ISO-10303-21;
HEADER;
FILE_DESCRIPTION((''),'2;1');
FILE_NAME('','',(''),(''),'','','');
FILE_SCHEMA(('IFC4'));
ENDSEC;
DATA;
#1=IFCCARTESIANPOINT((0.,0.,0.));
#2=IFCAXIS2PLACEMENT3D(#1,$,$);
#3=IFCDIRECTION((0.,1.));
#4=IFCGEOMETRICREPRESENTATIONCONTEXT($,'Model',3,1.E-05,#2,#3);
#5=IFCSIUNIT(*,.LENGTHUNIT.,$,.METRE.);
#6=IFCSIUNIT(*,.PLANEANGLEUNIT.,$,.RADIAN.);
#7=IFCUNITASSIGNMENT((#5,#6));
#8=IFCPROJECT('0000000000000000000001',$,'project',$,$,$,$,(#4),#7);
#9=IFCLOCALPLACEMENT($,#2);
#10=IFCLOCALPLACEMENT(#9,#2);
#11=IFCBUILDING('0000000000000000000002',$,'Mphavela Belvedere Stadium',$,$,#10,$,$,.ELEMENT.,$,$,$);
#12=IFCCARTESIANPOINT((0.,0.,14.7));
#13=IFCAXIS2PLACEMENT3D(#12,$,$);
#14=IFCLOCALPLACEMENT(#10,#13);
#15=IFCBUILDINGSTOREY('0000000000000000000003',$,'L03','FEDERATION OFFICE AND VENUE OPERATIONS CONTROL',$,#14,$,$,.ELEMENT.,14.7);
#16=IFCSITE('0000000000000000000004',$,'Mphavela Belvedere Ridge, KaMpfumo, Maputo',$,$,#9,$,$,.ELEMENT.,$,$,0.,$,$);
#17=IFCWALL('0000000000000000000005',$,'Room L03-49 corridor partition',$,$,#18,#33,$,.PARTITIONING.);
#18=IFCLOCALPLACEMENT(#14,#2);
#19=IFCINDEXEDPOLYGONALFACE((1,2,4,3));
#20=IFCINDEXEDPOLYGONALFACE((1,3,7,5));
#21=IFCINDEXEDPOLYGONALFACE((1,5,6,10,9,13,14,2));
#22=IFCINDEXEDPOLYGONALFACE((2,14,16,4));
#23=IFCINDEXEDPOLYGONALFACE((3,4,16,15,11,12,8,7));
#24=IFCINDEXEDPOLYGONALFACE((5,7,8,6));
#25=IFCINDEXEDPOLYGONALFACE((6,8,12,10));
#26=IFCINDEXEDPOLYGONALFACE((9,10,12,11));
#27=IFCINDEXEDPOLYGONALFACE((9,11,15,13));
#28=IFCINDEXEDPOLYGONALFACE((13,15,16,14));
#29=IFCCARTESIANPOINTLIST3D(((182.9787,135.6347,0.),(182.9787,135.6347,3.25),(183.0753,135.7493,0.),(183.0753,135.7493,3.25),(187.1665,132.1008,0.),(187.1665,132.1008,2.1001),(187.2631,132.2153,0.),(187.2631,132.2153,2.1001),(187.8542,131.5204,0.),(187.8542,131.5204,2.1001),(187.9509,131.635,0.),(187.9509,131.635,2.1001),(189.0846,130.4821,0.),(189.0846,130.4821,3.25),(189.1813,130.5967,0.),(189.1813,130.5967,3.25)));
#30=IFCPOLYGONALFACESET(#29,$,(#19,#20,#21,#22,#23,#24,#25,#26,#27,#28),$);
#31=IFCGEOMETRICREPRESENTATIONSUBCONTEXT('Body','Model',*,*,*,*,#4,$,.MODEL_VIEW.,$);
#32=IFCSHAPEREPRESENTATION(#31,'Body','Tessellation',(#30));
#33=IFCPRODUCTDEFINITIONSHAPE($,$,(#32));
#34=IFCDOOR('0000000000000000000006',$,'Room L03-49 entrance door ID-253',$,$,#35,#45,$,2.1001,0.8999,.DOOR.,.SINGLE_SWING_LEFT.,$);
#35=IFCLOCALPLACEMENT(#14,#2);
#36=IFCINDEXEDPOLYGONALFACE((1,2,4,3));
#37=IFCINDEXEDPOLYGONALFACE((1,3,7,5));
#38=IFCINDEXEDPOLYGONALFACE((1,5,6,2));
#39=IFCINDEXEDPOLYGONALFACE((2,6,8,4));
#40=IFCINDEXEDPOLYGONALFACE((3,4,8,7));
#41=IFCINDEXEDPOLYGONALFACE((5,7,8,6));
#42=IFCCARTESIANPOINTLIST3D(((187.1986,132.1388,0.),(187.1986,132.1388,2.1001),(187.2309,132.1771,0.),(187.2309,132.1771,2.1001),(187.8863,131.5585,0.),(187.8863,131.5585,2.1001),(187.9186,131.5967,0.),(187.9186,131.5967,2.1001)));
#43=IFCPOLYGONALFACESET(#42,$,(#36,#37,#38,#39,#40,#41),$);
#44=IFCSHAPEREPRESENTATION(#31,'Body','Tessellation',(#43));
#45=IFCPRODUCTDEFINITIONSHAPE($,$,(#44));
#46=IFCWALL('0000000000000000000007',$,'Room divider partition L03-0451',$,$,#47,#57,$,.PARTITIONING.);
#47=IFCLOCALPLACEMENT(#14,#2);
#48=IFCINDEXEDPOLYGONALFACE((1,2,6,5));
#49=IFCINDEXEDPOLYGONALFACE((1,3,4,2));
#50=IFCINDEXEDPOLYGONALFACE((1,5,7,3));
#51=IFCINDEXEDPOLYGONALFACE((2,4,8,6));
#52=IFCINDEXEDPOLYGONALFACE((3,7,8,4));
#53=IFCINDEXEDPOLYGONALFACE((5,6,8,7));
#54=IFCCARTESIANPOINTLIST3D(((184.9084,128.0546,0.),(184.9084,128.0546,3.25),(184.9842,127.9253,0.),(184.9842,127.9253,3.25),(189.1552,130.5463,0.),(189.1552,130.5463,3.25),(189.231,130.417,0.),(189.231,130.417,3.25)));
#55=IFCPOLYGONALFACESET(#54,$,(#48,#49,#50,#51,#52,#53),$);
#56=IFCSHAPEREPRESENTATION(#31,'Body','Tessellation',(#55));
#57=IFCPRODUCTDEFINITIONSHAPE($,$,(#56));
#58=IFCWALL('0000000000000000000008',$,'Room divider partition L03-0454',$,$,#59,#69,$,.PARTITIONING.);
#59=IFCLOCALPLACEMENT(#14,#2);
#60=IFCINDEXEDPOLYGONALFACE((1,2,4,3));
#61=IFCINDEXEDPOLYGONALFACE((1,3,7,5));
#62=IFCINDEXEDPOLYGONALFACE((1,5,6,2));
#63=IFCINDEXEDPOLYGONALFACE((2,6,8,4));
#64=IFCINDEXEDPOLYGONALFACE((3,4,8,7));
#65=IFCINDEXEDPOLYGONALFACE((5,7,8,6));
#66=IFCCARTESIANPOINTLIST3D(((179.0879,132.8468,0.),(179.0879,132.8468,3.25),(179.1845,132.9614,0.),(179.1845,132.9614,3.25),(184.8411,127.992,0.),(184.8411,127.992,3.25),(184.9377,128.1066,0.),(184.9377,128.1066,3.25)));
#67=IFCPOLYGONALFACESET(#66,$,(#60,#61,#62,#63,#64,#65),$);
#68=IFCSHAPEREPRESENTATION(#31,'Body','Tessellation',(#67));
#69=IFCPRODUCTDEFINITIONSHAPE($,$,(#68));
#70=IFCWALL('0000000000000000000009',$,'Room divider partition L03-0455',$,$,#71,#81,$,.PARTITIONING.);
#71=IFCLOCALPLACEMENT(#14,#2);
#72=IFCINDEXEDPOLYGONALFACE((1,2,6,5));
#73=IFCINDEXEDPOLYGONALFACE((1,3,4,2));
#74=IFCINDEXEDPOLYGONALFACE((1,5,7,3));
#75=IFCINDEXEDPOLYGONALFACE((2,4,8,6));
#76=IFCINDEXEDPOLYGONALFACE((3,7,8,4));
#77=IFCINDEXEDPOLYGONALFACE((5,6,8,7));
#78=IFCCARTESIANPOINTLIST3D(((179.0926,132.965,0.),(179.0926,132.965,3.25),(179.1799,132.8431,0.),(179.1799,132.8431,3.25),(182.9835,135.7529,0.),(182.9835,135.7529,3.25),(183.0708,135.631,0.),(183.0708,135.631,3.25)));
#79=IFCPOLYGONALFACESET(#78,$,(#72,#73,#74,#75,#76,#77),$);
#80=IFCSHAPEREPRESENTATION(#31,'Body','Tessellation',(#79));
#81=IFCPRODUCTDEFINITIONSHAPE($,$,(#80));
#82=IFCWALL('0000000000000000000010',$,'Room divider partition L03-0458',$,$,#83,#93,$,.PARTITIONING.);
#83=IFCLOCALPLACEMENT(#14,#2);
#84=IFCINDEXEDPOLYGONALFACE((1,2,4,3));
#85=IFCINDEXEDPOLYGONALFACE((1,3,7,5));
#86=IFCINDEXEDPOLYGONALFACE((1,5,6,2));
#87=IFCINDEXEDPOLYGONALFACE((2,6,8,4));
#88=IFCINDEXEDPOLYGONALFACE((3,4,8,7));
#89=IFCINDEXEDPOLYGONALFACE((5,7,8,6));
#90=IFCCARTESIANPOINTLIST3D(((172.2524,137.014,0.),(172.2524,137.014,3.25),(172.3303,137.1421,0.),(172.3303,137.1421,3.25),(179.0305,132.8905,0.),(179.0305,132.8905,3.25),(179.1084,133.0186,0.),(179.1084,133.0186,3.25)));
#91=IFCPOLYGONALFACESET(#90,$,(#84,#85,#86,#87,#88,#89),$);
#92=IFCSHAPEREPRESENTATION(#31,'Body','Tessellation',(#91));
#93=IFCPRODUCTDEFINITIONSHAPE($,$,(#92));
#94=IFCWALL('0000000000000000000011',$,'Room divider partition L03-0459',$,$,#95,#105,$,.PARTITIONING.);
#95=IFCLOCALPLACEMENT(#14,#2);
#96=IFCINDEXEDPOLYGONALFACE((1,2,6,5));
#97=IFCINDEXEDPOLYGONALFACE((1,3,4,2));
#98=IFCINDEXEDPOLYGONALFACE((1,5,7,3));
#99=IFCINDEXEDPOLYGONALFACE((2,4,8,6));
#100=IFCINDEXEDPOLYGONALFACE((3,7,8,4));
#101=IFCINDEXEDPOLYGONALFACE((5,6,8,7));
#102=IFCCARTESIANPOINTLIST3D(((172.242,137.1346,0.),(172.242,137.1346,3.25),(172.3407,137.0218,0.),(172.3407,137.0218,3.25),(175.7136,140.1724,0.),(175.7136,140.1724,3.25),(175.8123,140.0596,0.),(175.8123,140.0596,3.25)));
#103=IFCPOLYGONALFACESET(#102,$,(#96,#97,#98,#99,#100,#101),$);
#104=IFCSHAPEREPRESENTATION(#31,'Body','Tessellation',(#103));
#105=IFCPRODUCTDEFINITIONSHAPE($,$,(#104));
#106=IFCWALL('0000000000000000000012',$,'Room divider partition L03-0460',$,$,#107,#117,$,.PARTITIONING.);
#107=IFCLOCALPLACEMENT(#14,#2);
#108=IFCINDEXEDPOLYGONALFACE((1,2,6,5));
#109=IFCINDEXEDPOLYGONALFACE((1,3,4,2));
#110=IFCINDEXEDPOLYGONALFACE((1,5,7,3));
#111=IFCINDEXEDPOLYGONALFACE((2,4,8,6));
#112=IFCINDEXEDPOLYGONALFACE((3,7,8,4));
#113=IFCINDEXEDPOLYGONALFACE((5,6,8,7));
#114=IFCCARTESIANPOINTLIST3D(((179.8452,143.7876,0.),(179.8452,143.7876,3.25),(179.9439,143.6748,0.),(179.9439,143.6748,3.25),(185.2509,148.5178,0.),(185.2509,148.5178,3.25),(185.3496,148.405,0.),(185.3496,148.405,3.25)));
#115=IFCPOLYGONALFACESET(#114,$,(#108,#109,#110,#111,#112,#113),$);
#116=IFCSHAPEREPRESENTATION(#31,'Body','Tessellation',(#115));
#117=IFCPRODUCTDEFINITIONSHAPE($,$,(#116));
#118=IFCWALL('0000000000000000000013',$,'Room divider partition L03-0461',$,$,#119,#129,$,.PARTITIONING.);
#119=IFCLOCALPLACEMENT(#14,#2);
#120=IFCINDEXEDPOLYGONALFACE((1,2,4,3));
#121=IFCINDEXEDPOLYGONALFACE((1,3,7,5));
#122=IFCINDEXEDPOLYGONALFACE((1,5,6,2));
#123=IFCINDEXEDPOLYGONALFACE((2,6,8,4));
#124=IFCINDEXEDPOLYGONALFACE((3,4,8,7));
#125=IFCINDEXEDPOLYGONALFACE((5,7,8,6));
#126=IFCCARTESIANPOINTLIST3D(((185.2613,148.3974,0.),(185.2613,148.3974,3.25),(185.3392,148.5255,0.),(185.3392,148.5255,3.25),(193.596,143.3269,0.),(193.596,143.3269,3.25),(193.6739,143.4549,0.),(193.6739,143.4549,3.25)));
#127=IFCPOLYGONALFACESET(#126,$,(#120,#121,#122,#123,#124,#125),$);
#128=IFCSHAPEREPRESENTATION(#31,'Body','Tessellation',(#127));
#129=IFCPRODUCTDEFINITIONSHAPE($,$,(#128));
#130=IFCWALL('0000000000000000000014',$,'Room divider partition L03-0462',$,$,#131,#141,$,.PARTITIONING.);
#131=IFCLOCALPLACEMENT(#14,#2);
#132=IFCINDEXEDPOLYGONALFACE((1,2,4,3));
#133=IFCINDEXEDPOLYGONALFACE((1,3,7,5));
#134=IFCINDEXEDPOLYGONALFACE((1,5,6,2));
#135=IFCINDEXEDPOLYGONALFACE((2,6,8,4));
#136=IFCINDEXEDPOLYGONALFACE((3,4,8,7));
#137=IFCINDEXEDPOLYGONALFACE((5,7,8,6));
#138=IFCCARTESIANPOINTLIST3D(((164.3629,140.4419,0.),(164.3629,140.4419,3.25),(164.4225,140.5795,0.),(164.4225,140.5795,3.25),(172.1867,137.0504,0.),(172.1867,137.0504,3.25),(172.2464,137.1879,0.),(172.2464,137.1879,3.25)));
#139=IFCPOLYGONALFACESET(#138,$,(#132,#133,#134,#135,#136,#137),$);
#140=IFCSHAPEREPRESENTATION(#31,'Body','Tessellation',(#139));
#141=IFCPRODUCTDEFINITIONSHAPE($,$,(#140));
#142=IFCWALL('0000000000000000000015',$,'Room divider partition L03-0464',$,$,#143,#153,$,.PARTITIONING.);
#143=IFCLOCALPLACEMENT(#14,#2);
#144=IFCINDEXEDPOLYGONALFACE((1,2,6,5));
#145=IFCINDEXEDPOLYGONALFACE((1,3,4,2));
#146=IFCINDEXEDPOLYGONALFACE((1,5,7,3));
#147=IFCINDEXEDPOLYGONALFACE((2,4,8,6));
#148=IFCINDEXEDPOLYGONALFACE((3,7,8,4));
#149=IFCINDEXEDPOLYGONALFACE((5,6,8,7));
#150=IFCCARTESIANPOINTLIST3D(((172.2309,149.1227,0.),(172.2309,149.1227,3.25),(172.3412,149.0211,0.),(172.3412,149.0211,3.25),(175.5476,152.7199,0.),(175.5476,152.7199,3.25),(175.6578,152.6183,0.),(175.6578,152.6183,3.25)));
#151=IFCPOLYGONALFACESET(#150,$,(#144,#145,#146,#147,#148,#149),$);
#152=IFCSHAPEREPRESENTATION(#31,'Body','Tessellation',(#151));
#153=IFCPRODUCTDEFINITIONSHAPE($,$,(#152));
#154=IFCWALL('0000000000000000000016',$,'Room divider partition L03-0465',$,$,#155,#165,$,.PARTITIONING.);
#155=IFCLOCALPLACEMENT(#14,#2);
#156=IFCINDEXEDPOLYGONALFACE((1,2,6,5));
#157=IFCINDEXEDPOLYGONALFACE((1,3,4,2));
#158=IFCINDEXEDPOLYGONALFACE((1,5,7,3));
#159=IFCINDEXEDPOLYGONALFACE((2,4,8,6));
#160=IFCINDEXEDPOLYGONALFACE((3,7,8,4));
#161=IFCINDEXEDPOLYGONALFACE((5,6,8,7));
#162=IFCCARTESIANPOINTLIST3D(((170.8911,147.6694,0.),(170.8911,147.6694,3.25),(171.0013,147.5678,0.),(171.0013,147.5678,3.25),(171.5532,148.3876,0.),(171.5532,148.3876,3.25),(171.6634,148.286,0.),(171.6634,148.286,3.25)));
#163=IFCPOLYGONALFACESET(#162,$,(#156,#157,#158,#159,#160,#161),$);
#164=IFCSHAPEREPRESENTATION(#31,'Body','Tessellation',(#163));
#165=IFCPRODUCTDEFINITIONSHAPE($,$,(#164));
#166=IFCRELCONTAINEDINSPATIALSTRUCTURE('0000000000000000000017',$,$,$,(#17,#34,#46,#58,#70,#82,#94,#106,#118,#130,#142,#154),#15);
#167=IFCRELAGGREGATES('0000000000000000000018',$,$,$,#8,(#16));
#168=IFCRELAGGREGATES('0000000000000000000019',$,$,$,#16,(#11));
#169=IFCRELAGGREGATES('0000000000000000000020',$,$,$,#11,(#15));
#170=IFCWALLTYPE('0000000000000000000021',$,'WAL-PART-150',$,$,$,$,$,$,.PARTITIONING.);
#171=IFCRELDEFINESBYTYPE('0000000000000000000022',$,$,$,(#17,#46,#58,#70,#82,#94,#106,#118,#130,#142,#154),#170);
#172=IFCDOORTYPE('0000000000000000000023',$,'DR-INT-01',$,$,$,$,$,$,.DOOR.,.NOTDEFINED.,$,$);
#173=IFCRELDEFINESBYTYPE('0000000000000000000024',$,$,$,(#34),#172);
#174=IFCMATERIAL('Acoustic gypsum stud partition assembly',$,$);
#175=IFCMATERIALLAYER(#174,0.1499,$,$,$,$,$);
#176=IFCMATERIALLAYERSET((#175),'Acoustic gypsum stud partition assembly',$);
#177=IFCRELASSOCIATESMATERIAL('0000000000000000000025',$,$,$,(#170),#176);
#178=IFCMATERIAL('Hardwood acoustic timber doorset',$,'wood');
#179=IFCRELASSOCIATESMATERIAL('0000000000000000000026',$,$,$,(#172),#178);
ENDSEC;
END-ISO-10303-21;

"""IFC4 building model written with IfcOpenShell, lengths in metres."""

from ifc_helpers import new_model, si_unit, direction, frame, frame_2d, origin, place, context, subcontext, project, spatial, rectangle, extrude, material, layer, layer_set, type_object, element, fill, save


model = new_model("IFC4")

# Units and contexts
model_context = context("Model", 3, precision=1e-05, world=origin(), true_north=direction((0.0, 1.0)))
body_context = subcontext(model_context, "Body", "Model", "MODEL_VIEW")
ifc_project = project(units=[si_unit("LENGTHUNIT", "METRE"), si_unit("PLANEANGLEUNIT", "RADIAN")], contexts=[model_context])

# Site, building, storey
site_placement = place(None, origin())
site = spatial("IfcSite", under=ifc_project, at=site_placement, Name="Mphavela Belvedere Ridge, KaMpfumo, Maputo", CompositionType="ELEMENT", RefElevation=0.0)
building_placement = place(site_placement, origin())
building = spatial("IfcBuilding", under=site, at=building_placement, Name="Mphavela Belvedere Stadium", CompositionType="ELEMENT")
storey_placement = place(building_placement, frame((0.0, 0.0, 14.7)))
storey = spatial("IfcBuildingStorey", under=building, at=storey_placement, Name="L03", Description="FEDERATION OFFICE AND VENUE OPERATIONS CONTROL", CompositionType="ELEMENT", Elevation=14.7)

# Wall, opening, door
ifc_material_1 = material(Name="Acoustic gypsum stud partition assembly")
ifc_layer_1 = layer(ifc_material_1, 0.1499)
ifc_layer_set_1 = layer_set([ifc_layer_1], Name="Acoustic gypsum stud partition assembly")
wall_type_1 = type_object("IfcWallType", Name="WAL-PART-150", PredefinedType="PARTITIONING", material=ifc_layer_set_1)
wall_1_placement = place(storey_placement, frame((183.0271, 135.6919, 0.0), z_axis=(0.0, 0.0, 1.0), x_axis=(0.764249, -0.644921, 0.0)))
wall_1 = element("IfcWall", 1, at=wall_1_placement, inside=storey, type_object=wall_type_1, Name="Room L03-49 corridor partition", PredefinedType="PARTITIONING", context=body_context, shape_type="SweptSolid", body=[
    extrude(rectangle(XDim=7.9895, YDim=0.1499, at=frame_2d((3.9946, 0.0))), origin(), (0.0, 0.0, 1.0), 3.25),
])
opening_1_placement = place(wall_1_placement, frame((5.4795, 0.0, 0.0)))
opening_1 = element("IfcOpeningElement", 2, at=opening_1_placement, cuts=wall_1, PredefinedType="OPENING", context=body_context, shape_type="SweptSolid", body=[
    extrude(rectangle(XDim=0.8999, YDim=2.1001, at=frame_2d((0.45, 1.05))), frame((0.0, 0.085, 0.0), z_axis=(0.0, -1.0, 0.0), x_axis=(1.0, 0.0, 0.0)), (0.0, 0.0, 1.0), 0.1699),
])
ifc_material_2 = material(Name="Hardwood acoustic timber doorset", Category="wood")
door_type_1 = type_object("IfcDoorType", Name="DR-INT-01", OperationType="NOTDEFINED", PredefinedType="DOOR", material=ifc_material_2)
door_1_placement = place(opening_1_placement, origin())
door_1 = element("IfcDoor", 3, at=door_1_placement, inside=storey, type_object=door_type_1, Name="Room L03-49 entrance door ID-253", OperationType="SINGLE_SWING_LEFT", OverallHeight=2.1001, OverallWidth=0.8999, PredefinedType="DOOR", context=body_context, shape_type="SweptSolid", body=[
    extrude(rectangle(XDim=0.8999, YDim=2.1001, at=frame_2d((0.45, 1.05))), frame((0.0, 0.0249, 0.0), z_axis=(0.0, -1.0, 0.0), x_axis=(1.0, 0.0, 0.0)), (0.0, 0.0, 1.0), 0.05),
])
fill(opening_1, door_1)

# Walls
wall_2_placement = place(storey_placement, frame((184.9463, 127.99, 0.0), z_axis=(0.0, 0.0, 1.0), x_axis=(0.862505, 0.506049, 0.0)))
element("IfcWall", 4, at=wall_2_placement, inside=storey, type_object=wall_type_1, Name="Room divider partition L03-0451", PredefinedType="PARTITIONING", context=body_context, shape_type="SweptSolid", body=[
    extrude(rectangle(XDim=4.9238, YDim=0.1499, at=frame_2d((2.4619, 0.0))), origin(), (0.0, 0.0, 1.0), 3.25),
])
wall_3_placement = place(storey_placement, frame((184.8894, 128.0493, 0.0), z_axis=(0.0, 0.0, 1.0), x_axis=(-0.764259, 0.644909, 0.0)))
element("IfcWall", 5, at=wall_3_placement, inside=storey, type_object=wall_type_1, Name="Room divider partition L03-0454", PredefinedType="PARTITIONING", context=body_context, shape_type="SweptSolid", body=[
    extrude(rectangle(XDim=7.5278, YDim=0.1499, at=frame_2d((3.7639, 0.0))), origin(), (0.0, 0.0, 1.0), 3.25),
])
wall_4_placement = place(storey_placement, frame((179.1362, 132.9041, 0.0), z_axis=(0.0, 0.0, 1.0), x_axis=(0.812878, 0.582434, 0.0)))
element("IfcWall", 6, at=wall_4_placement, inside=storey, type_object=wall_type_1, Name="Room divider partition L03-0455", PredefinedType="PARTITIONING", context=body_context, shape_type="SweptSolid", body=[
    extrude(rectangle(XDim=4.7866, YDim=0.1499, at=frame_2d((2.3933, 0.0))), origin(), (0.0, 0.0, 1.0), 3.25),
])
wall_5_placement = place(storey_placement, frame((179.0693, 132.9546, 0.0), z_axis=(0.0, 0.0, 1.0), x_axis=(-0.854325, 0.51974, 0.0)))
element("IfcWall", 7, at=wall_5_placement, inside=storey, type_object=wall_type_1, Name="Room divider partition L03-0458", PredefinedType="PARTITIONING", context=body_context, shape_type="SweptSolid", body=[
    extrude(rectangle(XDim=7.9338, YDim=0.1499, at=frame_2d((3.9668, 0.0))), origin(), (0.0, 0.0, 1.0), 3.25),
])
wall_6_placement = place(storey_placement, frame((172.2913, 137.0781, 0.0), z_axis=(0.0, 0.0, 1.0), x_axis=(0.752564, 0.65852, 0.0)))
element("IfcWall", 8, at=wall_6_placement, inside=storey, type_object=wall_type_1, Name="Room divider partition L03-0459", PredefinedType="PARTITIONING", context=body_context, shape_type="SweptSolid", body=[
    extrude(rectangle(XDim=4.613, YDim=0.1499, at=frame_2d((2.3066, 0.0))), origin(), (0.0, 0.0, 1.0), 3.25),
])
wall_7_placement = place(storey_placement, frame((179.8945, 143.7312, 0.0), z_axis=(0.0, 0.0, 1.0), x_axis=(0.752564, 0.658519, 0.0)))
element("IfcWall", 9, at=wall_7_placement, inside=storey, type_object=wall_type_1, Name="Room divider partition L03-0460", PredefinedType="PARTITIONING", context=body_context, shape_type="SweptSolid", body=[
    extrude(rectangle(XDim=7.1831, YDim=0.1499, at=frame_2d((3.5916, 0.0))), origin(), (0.0, 0.0, 1.0), 3.25),
])
wall_8_placement = place(storey_placement, frame((185.3003, 148.4614, 0.0), z_axis=(0.0, 0.0, 1.0), x_axis=(0.854324, -0.519741, 0.0)))
element("IfcWall", 10, at=wall_8_placement, inside=storey, type_object=wall_type_1, Name="Room divider partition L03-0461", PredefinedType="PARTITIONING", context=body_context, shape_type="SweptSolid", body=[
    extrude(rectangle(XDim=9.7559, YDim=0.1499, at=frame_2d((4.8779, 0.0))), origin(), (0.0, 0.0, 1.0), 3.25),
])
wall_9_placement = place(storey_placement, frame((172.2166, 137.1191, 0.0), z_axis=(0.0, 0.0, 1.0), x_axis=(-0.917504, 0.397727, 0.0)))
element("IfcWall", 11, at=wall_9_placement, inside=storey, type_object=wall_type_1, Name="Room divider partition L03-0462", PredefinedType="PARTITIONING", context=body_context, shape_type="SweptSolid", body=[
    extrude(rectangle(XDim=8.5273, YDim=0.1499, at=frame_2d((4.2637, 0.0))), origin(), (0.0, 0.0, 1.0), 3.25),
])
wall_10_placement = place(storey_placement, frame((172.2861, 149.072, 0.0), z_axis=(0.0, 0.0, 1.0), x_axis=(0.677859, 0.735192, 0.0)))
element("IfcWall", 12, at=wall_10_placement, inside=storey, type_object=wall_type_1, Name="Room divider partition L03-0464", PredefinedType="PARTITIONING", context=body_context, shape_type="SweptSolid", body=[
    extrude(rectangle(XDim=4.8928, YDim=0.1499, at=frame_2d((2.4463, 0.0))), origin(), (0.0, 0.0, 1.0), 3.25),
])
wall_11_placement = place(storey_placement, frame((170.9463, 147.6187, 0.0), z_axis=(0.0, 0.0, 1.0), x_axis=(0.677782, 0.735263, 0.0)))
element("IfcWall", 13, at=wall_11_placement, inside=storey, type_object=wall_type_1, Name="Room divider partition L03-0465", PredefinedType="PARTITIONING", context=body_context, shape_type="SweptSolid", body=[
    extrude(rectangle(XDim=0.9768, YDim=0.1499, at=frame_2d((0.4883, 0.0))), origin(), (0.0, 0.0, 1.0), 3.25),
])

save(model, "model.ifc")
